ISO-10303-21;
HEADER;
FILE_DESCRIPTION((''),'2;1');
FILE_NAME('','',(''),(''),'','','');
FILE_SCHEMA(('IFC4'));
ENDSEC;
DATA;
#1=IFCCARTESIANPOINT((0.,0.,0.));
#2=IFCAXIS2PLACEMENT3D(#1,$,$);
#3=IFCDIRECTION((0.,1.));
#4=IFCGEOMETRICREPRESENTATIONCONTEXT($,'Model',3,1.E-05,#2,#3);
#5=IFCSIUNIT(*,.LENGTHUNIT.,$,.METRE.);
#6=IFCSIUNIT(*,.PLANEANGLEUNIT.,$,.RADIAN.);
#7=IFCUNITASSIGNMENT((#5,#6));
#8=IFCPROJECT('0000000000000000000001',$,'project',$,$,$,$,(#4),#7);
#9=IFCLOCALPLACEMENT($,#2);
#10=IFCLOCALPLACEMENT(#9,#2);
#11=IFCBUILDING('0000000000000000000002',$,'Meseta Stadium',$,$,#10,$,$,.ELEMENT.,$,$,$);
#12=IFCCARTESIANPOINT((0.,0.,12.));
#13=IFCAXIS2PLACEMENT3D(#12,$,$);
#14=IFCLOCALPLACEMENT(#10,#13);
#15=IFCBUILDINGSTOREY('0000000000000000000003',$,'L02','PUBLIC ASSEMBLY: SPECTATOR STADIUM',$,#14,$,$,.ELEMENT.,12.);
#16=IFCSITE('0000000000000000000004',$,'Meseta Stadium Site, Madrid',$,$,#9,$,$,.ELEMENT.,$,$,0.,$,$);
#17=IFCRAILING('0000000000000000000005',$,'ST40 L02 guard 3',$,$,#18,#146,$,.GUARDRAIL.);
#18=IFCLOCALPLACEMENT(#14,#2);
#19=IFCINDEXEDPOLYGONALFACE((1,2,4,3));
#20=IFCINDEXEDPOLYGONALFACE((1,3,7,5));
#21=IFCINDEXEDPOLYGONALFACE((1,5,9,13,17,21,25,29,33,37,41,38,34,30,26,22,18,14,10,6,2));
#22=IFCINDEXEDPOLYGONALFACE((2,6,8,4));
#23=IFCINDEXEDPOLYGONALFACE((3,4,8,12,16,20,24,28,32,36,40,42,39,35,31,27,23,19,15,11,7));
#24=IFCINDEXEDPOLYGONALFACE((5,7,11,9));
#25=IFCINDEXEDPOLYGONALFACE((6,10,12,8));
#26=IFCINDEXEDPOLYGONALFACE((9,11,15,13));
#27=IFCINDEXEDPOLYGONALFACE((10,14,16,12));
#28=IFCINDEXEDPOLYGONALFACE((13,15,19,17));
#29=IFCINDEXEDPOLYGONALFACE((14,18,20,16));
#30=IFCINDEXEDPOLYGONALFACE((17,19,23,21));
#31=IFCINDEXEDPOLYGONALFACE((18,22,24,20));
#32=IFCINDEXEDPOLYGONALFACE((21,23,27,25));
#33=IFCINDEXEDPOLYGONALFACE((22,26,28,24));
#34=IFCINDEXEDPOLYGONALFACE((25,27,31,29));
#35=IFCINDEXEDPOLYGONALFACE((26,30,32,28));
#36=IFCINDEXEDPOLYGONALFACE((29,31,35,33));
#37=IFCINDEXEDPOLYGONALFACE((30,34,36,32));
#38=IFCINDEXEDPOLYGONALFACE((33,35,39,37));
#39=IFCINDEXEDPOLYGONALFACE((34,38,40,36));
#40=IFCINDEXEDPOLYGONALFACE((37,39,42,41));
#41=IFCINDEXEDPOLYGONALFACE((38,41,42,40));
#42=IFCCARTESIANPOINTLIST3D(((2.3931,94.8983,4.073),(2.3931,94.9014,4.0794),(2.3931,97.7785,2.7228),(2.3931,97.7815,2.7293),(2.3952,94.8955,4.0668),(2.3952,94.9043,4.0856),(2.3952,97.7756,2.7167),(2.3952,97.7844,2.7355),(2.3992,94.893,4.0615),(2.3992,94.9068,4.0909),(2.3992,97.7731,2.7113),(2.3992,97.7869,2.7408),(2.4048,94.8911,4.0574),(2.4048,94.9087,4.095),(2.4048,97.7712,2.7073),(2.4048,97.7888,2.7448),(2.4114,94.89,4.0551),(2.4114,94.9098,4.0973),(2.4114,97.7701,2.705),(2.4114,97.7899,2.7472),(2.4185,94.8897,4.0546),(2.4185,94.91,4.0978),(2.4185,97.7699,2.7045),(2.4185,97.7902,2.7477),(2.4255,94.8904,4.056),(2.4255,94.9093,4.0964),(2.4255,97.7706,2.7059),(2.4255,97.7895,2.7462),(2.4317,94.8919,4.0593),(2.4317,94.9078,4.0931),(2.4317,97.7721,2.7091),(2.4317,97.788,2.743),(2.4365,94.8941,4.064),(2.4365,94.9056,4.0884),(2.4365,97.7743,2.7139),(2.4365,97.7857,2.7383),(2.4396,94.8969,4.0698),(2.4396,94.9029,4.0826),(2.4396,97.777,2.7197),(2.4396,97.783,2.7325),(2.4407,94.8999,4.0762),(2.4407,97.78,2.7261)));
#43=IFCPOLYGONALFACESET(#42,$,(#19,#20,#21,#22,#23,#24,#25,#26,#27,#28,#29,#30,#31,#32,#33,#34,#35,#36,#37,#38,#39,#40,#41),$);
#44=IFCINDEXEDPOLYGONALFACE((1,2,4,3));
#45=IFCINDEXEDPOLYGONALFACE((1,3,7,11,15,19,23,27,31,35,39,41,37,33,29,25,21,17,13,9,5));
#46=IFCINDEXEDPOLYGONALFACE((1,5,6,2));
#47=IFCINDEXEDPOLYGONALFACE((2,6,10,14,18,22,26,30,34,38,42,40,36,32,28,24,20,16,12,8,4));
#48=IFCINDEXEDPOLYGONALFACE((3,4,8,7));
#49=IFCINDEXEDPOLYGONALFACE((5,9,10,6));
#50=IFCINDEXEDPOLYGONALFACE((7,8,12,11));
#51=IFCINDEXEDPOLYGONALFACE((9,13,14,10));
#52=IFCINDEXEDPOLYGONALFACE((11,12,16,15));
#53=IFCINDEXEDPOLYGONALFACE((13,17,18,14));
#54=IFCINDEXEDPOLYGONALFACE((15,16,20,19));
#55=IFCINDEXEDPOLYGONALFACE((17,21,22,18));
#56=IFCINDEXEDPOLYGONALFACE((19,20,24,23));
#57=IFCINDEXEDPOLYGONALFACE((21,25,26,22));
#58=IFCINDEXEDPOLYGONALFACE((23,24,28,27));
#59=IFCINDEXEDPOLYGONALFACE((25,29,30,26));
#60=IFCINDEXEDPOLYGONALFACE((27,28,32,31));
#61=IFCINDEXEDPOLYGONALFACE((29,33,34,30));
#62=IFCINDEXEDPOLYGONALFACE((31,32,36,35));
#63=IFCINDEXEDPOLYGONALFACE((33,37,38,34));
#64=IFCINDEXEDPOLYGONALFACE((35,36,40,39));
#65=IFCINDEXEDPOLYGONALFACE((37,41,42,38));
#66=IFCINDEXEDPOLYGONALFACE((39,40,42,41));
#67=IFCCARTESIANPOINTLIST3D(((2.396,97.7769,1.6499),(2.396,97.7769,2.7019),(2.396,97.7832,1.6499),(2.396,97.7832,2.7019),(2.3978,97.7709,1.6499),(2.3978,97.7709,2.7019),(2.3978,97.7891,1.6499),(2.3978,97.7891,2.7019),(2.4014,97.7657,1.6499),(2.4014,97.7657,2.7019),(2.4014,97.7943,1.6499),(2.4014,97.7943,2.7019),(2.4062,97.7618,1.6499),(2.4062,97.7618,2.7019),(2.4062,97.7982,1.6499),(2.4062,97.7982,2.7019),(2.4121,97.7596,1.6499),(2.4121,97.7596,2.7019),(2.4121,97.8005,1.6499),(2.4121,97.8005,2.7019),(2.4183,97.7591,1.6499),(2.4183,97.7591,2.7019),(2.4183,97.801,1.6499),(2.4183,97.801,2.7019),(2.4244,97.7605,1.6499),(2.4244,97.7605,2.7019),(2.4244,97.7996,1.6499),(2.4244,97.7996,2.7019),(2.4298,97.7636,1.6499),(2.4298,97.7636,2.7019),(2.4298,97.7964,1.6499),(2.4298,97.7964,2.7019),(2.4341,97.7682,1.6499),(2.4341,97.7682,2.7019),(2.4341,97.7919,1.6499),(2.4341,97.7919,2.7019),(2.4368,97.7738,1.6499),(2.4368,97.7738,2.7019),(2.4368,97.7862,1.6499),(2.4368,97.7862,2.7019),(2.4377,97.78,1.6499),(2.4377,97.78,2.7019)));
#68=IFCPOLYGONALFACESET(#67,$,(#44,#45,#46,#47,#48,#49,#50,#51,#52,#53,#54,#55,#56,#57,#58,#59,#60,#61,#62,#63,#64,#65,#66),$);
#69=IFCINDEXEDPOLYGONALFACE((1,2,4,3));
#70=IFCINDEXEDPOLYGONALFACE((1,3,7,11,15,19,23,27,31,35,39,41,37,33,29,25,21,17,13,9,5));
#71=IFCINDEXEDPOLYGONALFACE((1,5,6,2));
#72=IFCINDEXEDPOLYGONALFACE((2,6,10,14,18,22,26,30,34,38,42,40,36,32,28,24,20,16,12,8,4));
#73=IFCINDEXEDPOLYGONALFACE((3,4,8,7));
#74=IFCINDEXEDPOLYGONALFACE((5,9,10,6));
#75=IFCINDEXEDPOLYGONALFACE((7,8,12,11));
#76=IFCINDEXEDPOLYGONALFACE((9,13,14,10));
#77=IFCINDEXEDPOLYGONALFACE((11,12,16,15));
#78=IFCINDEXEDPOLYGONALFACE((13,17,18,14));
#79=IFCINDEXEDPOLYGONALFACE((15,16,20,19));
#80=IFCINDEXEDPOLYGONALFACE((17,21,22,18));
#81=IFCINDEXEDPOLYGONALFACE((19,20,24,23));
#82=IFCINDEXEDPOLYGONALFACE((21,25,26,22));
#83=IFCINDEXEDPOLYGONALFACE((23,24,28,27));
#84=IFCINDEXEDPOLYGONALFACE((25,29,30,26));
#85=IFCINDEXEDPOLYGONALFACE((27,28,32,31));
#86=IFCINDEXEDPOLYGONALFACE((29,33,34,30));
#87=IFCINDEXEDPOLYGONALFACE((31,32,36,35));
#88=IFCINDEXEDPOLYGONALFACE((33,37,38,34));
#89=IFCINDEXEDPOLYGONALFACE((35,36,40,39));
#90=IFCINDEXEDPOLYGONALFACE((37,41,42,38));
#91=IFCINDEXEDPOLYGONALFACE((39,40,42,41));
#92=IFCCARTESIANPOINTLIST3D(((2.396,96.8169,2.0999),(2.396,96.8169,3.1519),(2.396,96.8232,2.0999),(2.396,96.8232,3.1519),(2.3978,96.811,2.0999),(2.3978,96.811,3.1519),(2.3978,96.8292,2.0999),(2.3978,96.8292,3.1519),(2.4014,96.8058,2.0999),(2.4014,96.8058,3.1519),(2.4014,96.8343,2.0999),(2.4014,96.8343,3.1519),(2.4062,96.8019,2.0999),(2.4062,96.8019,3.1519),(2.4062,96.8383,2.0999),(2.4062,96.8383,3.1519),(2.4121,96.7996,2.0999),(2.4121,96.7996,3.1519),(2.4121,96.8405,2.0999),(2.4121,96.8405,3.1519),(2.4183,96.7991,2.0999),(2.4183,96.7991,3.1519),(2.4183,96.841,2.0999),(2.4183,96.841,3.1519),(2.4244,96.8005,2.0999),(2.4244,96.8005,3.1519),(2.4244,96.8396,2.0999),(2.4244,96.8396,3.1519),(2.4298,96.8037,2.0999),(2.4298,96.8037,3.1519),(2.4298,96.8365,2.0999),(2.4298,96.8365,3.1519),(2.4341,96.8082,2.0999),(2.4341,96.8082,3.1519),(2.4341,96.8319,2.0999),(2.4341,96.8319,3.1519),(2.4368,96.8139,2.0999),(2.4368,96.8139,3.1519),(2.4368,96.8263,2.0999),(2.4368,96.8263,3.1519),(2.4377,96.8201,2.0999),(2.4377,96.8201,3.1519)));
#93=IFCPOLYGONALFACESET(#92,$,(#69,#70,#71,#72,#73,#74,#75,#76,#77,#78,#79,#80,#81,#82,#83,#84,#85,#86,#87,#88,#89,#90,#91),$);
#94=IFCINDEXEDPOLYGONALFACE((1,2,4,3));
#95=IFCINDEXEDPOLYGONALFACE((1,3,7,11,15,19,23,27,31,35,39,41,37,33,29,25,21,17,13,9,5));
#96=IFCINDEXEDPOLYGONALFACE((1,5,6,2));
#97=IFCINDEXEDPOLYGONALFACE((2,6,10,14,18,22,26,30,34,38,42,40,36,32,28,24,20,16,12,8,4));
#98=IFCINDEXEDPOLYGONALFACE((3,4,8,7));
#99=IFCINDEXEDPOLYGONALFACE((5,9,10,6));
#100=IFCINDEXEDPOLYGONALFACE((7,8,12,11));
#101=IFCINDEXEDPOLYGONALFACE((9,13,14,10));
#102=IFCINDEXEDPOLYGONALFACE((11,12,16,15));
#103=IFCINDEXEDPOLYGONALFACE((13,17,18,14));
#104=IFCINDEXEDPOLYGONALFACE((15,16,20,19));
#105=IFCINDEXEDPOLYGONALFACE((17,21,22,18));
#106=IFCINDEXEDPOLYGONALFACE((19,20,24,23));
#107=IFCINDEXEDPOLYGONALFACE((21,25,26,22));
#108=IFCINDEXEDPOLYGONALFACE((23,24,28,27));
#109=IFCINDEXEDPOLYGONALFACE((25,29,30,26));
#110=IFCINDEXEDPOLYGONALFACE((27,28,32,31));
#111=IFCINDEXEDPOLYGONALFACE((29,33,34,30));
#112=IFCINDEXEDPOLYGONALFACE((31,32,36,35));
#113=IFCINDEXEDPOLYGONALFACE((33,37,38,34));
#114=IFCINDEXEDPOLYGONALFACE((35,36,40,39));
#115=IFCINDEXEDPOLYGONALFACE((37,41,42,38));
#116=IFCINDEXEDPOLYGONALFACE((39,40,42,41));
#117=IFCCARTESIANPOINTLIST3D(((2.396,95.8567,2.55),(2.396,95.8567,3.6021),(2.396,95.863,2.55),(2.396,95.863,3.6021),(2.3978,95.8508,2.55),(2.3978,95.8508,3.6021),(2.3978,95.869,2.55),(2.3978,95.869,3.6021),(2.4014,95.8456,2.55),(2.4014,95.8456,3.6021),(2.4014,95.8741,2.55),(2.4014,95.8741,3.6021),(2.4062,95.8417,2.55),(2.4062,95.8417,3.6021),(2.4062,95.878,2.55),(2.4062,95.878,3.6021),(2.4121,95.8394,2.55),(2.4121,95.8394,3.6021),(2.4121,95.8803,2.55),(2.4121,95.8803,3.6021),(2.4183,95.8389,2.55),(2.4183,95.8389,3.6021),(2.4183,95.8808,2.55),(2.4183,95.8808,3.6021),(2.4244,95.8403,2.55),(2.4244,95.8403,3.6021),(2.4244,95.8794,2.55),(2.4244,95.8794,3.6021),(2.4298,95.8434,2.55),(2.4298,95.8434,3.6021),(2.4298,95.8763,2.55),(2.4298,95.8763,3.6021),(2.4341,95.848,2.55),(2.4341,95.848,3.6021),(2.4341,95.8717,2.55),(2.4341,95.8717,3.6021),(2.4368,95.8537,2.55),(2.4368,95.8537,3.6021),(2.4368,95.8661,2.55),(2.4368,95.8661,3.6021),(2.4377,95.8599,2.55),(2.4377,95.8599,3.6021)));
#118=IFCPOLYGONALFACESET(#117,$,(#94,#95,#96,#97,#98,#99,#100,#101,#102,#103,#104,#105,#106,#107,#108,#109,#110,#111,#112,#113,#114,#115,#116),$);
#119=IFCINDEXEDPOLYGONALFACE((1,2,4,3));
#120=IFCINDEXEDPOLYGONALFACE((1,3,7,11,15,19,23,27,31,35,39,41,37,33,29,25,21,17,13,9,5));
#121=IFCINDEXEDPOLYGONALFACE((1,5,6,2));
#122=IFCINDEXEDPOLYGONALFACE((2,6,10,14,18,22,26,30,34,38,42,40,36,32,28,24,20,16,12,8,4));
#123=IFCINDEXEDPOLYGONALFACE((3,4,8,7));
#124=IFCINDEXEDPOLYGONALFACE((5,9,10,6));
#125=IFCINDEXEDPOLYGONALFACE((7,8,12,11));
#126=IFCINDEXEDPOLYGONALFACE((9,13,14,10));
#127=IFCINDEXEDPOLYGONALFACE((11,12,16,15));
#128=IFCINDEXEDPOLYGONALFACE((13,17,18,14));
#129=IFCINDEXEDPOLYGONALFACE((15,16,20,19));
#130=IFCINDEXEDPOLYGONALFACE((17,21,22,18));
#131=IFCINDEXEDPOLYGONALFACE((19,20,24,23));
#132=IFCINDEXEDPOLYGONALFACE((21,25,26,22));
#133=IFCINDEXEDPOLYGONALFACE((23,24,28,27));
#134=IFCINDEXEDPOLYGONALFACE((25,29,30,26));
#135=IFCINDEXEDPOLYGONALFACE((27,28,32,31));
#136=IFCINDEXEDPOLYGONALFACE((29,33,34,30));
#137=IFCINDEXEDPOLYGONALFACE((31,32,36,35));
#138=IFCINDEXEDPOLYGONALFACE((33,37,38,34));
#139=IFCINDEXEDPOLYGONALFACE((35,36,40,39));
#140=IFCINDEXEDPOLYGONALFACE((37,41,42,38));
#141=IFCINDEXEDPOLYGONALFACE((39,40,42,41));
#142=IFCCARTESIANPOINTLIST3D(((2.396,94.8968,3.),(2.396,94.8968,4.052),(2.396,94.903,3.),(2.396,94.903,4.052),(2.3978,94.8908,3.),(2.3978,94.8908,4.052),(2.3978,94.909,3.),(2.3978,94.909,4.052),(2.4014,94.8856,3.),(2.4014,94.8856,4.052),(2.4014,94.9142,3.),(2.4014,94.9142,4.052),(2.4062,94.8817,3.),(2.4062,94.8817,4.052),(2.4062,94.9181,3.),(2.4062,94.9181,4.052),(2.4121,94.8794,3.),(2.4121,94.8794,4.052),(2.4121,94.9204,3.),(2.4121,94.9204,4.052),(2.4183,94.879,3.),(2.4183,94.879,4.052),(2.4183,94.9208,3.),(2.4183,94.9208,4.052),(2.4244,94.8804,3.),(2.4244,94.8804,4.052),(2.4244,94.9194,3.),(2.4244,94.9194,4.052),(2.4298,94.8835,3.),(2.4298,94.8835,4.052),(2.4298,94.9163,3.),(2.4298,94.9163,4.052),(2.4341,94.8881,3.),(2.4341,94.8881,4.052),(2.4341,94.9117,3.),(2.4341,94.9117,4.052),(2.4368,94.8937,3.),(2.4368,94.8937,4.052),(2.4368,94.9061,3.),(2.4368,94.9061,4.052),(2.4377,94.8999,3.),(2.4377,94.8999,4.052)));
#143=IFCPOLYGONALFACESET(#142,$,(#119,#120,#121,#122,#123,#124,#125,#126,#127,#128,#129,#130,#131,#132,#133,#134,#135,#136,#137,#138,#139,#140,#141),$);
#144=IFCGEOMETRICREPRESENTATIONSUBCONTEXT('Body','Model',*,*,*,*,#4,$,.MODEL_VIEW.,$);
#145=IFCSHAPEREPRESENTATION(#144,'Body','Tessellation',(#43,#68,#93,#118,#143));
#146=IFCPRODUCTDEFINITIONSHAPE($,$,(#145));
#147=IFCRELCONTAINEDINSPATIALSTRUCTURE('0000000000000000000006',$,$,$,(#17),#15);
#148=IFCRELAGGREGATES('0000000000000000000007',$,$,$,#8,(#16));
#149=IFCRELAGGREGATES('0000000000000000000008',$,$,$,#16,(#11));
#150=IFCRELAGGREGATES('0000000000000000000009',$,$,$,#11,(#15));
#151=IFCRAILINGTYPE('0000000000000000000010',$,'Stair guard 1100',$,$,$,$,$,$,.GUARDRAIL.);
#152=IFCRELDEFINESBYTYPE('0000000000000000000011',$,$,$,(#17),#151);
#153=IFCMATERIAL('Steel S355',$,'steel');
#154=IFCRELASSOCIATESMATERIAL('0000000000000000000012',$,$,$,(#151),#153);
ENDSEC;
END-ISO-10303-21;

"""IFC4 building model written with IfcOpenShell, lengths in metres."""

from ifc_helpers import new_model, si_unit, direction, frame, origin, origin_2d, place, context, subcontext, project, spatial, circle, extrude, material, type_object, element, save


model = new_model("IFC4")

# Units and contexts
model_context = context("Model", 3, precision=1e-05, world=origin(), true_north=direction((0.0, 1.0)))
body_context = subcontext(model_context, "Body", "Model", "MODEL_VIEW")
ifc_project = project(units=[si_unit("LENGTHUNIT", "METRE"), si_unit("PLANEANGLEUNIT", "RADIAN")], contexts=[model_context])

# Site, building, storey
site_placement = place(None, origin())
site = spatial("IfcSite", under=ifc_project, at=site_placement, Name="Meseta Stadium Site, Madrid", CompositionType="ELEMENT", RefElevation=0.0)
building_placement = place(site_placement, origin())
building = spatial("IfcBuilding", under=site, at=building_placement, Name="Meseta Stadium", CompositionType="ELEMENT")
storey_placement = place(building_placement, frame((0.0, 0.0, 12.0)))
storey = spatial("IfcBuildingStorey", under=building, at=storey_placement, Name="L02", Description="PUBLIC ASSEMBLY: SPECTATOR STADIUM", CompositionType="ELEMENT", Elevation=12.0)

# Railing
ifc_material_1 = material(Name="Steel S355", Category="steel")
railing_type_1 = type_object("IfcRailingType", Name="Stair guard 1100", PredefinedType="GUARDRAIL", material=ifc_material_1)
railing_1_placement = place(storey_placement, frame((2.4167, 97.78, 1.6499)))
element("IfcRailing", 1, at=railing_1_placement, inside=storey, type_object=railing_type_1, Name="ST40 L02 guard 3", PredefinedType="GUARDRAIL", context=body_context, shape_type="SweptSolid", body=[
    extrude(circle(Radius=0.0239, at=origin_2d()), frame((0.0, 0.0, 1.0762), z_axis=(0.0, -0.905454, 0.424444), x_axis=(1.0, 0.0, 0.0)), (0.0, 0.0, 1.0), 3.1809),
    extrude(circle(Radius=0.021, at=origin_2d()), origin(), (0.0, 0.0, 1.0), 1.052),
    extrude(circle(Radius=0.021, at=origin_2d()), frame((0.0, -0.96, 0.45)), (0.0, 0.0, 1.0), 1.052),
    extrude(circle(Radius=0.021, at=origin_2d()), frame((0.0, -1.9202, 0.9001)), (0.0, 0.0, 1.0), 1.052),
    extrude(circle(Radius=0.021, at=origin_2d()), frame((0.0, -2.8801, 1.3501)), (0.0, 0.0, 1.0), 1.052),
])

save(model, "model.ifc")
